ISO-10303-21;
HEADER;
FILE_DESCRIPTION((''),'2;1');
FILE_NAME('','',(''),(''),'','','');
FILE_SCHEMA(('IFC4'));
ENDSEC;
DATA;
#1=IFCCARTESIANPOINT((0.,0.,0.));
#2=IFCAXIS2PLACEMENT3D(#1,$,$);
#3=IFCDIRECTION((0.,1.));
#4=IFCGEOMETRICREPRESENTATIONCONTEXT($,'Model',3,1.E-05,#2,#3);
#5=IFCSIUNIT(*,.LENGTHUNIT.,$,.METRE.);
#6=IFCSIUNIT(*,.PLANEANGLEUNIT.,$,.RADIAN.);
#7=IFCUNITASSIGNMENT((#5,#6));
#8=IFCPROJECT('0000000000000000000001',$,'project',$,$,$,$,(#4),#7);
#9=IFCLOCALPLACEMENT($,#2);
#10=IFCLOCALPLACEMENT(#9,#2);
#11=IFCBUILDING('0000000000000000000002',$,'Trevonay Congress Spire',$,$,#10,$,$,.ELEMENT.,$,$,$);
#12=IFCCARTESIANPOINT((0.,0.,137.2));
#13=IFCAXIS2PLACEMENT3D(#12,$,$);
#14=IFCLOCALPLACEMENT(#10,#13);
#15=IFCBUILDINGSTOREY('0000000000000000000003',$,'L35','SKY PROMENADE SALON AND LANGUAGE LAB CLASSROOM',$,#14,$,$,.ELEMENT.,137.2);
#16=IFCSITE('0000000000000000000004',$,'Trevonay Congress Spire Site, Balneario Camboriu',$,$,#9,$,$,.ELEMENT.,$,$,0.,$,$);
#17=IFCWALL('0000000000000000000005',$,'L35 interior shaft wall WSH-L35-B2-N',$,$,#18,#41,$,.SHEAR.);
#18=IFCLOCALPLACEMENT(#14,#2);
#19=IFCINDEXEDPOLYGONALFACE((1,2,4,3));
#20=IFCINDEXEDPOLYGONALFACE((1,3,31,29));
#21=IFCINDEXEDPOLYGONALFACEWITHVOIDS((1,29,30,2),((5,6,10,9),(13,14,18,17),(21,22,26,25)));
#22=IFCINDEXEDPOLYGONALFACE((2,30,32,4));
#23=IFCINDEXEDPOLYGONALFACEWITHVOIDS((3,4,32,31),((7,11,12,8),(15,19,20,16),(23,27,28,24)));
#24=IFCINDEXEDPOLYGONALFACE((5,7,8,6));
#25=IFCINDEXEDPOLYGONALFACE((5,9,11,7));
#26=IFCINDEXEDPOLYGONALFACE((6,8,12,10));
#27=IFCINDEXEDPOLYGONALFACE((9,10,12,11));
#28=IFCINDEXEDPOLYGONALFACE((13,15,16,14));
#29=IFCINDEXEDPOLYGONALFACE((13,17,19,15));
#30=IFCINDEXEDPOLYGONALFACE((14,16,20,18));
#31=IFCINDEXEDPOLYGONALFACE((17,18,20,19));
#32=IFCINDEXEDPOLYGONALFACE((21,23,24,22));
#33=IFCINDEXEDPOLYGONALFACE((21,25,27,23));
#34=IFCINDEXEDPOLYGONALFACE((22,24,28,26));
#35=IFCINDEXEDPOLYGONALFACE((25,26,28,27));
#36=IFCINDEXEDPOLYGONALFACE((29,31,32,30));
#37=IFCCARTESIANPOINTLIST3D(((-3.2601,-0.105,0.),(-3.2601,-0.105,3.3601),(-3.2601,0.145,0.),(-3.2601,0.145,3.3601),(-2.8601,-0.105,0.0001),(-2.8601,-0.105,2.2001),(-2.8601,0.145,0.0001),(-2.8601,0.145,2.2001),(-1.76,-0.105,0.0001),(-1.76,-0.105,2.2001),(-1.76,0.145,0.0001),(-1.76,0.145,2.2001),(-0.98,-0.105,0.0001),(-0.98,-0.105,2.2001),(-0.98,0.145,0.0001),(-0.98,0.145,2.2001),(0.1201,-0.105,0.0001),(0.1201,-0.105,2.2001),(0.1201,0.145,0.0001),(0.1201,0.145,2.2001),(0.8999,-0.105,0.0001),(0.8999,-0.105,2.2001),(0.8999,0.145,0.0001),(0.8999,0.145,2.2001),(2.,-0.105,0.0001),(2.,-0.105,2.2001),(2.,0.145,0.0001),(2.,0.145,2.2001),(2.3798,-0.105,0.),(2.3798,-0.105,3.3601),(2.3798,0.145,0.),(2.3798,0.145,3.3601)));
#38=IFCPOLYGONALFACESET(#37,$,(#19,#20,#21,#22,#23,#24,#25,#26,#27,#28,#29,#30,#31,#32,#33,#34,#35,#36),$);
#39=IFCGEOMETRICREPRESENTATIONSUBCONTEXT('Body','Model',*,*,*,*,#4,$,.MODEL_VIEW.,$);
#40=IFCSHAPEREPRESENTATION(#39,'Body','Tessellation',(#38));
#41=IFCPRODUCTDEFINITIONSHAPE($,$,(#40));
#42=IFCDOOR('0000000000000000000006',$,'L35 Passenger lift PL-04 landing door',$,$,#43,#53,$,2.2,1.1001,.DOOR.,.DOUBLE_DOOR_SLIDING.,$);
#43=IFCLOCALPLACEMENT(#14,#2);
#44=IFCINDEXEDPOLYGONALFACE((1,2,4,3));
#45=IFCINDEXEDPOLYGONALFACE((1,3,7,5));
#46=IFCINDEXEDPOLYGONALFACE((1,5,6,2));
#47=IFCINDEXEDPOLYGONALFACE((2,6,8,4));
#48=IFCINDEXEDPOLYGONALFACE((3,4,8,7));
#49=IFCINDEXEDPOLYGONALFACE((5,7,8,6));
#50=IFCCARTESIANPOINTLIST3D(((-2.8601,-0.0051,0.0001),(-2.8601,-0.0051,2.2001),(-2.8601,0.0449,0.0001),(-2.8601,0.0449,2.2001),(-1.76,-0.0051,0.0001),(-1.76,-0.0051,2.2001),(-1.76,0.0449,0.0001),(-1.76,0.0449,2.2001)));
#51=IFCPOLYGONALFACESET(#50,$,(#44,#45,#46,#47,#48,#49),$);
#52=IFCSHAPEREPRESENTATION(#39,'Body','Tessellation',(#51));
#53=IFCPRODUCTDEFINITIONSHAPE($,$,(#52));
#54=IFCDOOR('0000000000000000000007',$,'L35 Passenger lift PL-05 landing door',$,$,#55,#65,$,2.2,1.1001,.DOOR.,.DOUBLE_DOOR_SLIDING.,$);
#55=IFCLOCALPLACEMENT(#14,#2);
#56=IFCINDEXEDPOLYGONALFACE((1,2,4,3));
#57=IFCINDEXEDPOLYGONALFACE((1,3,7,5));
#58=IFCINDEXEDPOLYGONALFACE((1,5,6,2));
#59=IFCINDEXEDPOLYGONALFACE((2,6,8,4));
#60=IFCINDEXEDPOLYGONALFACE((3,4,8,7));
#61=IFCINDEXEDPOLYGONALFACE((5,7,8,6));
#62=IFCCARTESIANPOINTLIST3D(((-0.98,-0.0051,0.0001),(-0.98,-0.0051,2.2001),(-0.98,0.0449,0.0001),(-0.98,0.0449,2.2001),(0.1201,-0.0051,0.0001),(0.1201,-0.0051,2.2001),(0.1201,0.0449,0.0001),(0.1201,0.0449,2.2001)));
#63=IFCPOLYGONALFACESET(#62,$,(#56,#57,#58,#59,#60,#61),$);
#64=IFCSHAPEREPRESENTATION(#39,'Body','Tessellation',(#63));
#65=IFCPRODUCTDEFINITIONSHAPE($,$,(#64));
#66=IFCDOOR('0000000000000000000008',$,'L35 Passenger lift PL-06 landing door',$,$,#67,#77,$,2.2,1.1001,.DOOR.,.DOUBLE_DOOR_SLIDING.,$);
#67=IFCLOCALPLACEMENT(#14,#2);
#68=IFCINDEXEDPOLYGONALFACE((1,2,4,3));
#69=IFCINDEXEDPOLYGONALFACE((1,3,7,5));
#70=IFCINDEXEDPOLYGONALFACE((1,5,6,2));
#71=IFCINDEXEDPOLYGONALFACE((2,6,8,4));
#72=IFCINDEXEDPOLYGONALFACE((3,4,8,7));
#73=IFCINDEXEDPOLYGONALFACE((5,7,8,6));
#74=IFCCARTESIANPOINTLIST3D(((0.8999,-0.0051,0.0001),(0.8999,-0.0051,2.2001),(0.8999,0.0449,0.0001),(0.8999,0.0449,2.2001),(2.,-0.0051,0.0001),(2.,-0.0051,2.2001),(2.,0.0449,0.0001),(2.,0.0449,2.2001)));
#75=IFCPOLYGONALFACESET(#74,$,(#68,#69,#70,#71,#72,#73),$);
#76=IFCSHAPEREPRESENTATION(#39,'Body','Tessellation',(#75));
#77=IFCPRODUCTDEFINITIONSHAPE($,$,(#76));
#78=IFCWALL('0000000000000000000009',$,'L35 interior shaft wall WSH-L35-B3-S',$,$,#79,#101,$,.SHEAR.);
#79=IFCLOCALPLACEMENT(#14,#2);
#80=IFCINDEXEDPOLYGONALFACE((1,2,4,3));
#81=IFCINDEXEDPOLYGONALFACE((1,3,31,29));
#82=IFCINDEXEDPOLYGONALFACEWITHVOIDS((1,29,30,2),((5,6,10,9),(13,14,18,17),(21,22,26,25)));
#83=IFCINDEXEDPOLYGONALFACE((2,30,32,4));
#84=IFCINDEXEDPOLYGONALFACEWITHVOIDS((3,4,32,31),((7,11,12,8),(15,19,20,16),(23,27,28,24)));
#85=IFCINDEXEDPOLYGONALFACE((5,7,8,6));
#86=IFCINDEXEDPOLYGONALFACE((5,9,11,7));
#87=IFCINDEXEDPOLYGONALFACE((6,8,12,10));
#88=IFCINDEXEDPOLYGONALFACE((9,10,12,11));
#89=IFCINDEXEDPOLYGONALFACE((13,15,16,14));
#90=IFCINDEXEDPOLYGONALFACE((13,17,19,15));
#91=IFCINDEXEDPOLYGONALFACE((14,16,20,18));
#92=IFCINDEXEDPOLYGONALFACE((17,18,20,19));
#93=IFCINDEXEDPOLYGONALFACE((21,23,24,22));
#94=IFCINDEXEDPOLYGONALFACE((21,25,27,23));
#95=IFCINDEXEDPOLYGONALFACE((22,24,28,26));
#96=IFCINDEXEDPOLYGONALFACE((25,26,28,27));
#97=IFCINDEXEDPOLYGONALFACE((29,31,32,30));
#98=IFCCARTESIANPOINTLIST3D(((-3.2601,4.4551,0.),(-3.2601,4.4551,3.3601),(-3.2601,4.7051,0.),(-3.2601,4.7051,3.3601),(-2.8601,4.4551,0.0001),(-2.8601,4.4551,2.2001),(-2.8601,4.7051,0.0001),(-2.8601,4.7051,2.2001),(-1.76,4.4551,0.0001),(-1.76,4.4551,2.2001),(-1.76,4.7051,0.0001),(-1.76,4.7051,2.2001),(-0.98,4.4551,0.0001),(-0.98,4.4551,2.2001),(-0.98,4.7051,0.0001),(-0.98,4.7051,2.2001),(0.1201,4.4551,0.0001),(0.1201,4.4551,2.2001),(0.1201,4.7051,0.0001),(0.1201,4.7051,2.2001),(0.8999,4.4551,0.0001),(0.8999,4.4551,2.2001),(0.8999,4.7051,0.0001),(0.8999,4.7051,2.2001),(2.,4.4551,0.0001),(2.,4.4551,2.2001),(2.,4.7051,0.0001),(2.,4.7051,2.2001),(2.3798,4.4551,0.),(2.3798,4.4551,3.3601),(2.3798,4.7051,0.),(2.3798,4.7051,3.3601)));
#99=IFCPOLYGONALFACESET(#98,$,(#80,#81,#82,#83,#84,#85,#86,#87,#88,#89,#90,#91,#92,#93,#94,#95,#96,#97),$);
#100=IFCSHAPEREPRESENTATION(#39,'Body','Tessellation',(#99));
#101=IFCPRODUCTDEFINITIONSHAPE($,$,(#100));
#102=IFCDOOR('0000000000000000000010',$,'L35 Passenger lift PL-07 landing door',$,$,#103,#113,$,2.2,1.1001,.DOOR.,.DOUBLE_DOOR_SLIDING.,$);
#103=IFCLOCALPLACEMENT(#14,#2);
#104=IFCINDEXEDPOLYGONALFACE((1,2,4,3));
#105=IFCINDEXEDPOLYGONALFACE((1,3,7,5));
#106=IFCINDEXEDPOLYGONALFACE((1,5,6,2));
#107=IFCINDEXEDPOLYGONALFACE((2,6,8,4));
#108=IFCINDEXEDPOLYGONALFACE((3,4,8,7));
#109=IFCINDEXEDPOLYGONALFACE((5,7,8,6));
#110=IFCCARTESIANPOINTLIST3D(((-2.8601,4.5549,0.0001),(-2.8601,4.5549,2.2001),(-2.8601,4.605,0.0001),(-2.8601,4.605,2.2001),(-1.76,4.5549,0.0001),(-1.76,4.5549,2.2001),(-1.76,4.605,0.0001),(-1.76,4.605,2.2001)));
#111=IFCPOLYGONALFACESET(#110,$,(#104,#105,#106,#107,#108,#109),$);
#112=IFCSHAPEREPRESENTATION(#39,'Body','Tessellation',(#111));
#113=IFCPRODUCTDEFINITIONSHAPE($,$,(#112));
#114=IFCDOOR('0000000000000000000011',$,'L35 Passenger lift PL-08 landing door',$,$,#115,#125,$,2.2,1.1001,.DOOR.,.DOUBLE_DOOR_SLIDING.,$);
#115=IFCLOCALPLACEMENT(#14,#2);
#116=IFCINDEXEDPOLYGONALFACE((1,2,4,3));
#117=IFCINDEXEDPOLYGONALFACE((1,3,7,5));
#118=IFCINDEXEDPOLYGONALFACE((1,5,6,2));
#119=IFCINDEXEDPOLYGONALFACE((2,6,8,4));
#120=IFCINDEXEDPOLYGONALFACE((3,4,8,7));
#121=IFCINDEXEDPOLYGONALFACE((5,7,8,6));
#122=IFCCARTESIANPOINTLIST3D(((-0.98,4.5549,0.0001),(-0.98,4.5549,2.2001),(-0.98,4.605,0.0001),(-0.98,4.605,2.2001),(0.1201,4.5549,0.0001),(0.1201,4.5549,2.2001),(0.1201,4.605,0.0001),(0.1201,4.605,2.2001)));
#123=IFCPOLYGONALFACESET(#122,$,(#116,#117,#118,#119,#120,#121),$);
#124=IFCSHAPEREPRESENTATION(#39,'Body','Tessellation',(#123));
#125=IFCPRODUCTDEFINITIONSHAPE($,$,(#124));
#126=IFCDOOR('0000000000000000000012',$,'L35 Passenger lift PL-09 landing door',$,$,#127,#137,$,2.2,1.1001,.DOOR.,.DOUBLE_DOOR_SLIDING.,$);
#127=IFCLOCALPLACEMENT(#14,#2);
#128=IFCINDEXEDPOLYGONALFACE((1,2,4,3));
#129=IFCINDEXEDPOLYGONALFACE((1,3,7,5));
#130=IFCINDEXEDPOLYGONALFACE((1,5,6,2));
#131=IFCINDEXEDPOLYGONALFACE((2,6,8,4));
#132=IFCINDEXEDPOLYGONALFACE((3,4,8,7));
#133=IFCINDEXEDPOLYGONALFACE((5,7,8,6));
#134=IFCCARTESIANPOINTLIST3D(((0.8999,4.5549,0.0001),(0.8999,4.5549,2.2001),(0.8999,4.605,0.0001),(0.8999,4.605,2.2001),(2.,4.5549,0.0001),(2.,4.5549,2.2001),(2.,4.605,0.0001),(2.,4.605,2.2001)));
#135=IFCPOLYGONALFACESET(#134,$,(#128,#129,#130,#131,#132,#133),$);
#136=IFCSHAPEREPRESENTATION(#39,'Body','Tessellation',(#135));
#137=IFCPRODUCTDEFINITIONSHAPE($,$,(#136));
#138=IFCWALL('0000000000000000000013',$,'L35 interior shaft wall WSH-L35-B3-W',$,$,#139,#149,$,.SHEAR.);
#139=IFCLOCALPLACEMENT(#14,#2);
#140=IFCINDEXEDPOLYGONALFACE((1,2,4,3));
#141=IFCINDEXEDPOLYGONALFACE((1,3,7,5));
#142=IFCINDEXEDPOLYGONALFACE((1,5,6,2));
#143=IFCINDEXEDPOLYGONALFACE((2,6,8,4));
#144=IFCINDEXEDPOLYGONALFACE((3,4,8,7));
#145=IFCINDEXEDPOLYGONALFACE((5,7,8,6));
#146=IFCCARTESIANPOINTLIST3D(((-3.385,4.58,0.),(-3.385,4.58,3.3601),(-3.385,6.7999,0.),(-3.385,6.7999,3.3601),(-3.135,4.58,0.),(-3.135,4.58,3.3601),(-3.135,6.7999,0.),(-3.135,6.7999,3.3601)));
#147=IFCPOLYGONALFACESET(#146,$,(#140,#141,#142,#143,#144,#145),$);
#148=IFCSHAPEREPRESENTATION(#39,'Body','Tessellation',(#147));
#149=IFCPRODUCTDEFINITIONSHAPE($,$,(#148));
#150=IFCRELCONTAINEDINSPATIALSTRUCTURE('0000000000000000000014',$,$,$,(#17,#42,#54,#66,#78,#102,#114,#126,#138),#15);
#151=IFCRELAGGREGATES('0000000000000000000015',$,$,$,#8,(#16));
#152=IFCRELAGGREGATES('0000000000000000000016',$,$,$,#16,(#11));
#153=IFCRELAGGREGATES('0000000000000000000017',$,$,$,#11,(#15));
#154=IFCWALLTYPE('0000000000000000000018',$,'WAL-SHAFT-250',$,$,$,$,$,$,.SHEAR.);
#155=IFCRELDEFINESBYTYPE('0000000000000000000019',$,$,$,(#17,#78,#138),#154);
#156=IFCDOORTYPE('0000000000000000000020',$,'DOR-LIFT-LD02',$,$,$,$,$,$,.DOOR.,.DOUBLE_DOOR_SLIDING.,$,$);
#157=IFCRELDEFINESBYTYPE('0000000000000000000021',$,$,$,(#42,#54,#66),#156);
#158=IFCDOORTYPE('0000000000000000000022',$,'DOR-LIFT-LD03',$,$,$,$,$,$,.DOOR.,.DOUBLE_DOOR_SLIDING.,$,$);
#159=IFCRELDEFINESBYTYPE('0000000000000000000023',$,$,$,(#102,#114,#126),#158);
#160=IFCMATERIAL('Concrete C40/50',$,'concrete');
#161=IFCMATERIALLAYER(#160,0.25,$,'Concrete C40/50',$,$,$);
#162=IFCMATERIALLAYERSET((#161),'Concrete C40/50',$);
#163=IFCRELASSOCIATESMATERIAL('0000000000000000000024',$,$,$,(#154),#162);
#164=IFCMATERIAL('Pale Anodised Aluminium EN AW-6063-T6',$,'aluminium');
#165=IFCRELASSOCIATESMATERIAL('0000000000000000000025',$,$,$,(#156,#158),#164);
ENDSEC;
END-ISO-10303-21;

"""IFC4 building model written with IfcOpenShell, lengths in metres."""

from ifc_helpers import new_model, si_unit, direction, frame, frame_2d, origin, place, context, subcontext, project, spatial, rectangle, extrude, material, layer, layer_set, type_object, element, fill, save


model = new_model("IFC4")

# Units and contexts
model_context = context("Model", 3, precision=1e-05, world=origin(), true_north=direction((0.0, 1.0)))
body_context = subcontext(model_context, "Body", "Model", "MODEL_VIEW")
ifc_project = project(units=[si_unit("LENGTHUNIT", "METRE"), si_unit("PLANEANGLEUNIT", "RADIAN")], contexts=[model_context])

# Site, building, storey
site_placement = place(None, origin())
site = spatial("IfcSite", under=ifc_project, at=site_placement, Name="Trevonay Congress Spire Site, Balneario Camboriu", CompositionType="ELEMENT", RefElevation=0.0)
building_placement = place(site_placement, origin())
building = spatial("IfcBuilding", under=site, at=building_placement, Name="Trevonay Congress Spire", CompositionType="ELEMENT")
storey_placement = place(building_placement, frame((0.0, 0.0, 137.2)))
storey = spatial("IfcBuildingStorey", under=building, at=storey_placement, Name="L35", Description="SKY PROMENADE SALON AND LANGUAGE LAB CLASSROOM", CompositionType="ELEMENT", Elevation=137.2)

# Shared definitions
ifc_material_1 = material(Name="Concrete C40/50", Category="concrete")

# Walls, openings, doors
ifc_layer_1 = layer(ifc_material_1, 0.25, Name="Concrete C40/50")
ifc_layer_set_1 = layer_set([ifc_layer_1], Name="Concrete C40/50")
wall_type_1 = type_object("IfcWallType", Name="WAL-SHAFT-250", PredefinedType="SHEAR", material=ifc_layer_set_1)
wall_1_placement = place(storey_placement, frame((-3.26, 0.02, 0.0), z_axis=(0.0, 0.0, 1.0), x_axis=(1.0, 0.0, 0.0)))
wall_1 = element("IfcWall", 1, at=wall_1_placement, inside=storey, type_object=wall_type_1, Name="L35 interior shaft wall WSH-L35-B2-N", PredefinedType="SHEAR", context=body_context, shape_type="SweptSolid", body=[
    extrude(rectangle(XDim=5.6399, YDim=0.25, at=frame_2d((2.8198, 0.0))), origin(), (0.0, 0.0, 1.0), 3.3601),
])
opening_1_placement = place(wall_1_placement, frame((0.3999, 0.0, 0.0)))
opening_1 = element("IfcOpeningElement", 2, at=opening_1_placement, cuts=wall_1, PredefinedType="OPENING", context=body_context, shape_type="SweptSolid", body=[
    extrude(rectangle(XDim=1.1001, YDim=2.2, at=frame_2d((0.55, 1.1001))), frame((0.0, 0.135, 0.0), z_axis=(0.0, -1.0, 0.0), x_axis=(1.0, 0.0, 0.0)), (0.0, 0.0, 1.0), 0.27),
])
opening_2_placement = place(wall_1_placement, frame((2.28, 0.0, 0.0)))
opening_2 = element("IfcOpeningElement", 3, at=opening_2_placement, cuts=wall_1, PredefinedType="OPENING", context=body_context, shape_type="SweptSolid", body=[
    extrude(rectangle(XDim=1.1001, YDim=2.2, at=frame_2d((0.55, 1.1001))), frame((0.0, 0.135, 0.0), z_axis=(0.0, -1.0, 0.0), x_axis=(1.0, 0.0, 0.0)), (0.0, 0.0, 1.0), 0.27),
])
opening_3_placement = place(wall_1_placement, frame((4.1599, 0.0, 0.0)))
opening_3 = element("IfcOpeningElement", 4, at=opening_3_placement, cuts=wall_1, PredefinedType="OPENING", context=body_context, shape_type="SweptSolid", body=[
    extrude(rectangle(XDim=1.1001, YDim=2.2, at=frame_2d((0.55, 1.1001))), frame((0.0, 0.135, 0.0), z_axis=(0.0, -1.0, 0.0), x_axis=(1.0, 0.0, 0.0)), (0.0, 0.0, 1.0), 0.27),
])
ifc_material_2 = material(Name="Pale Anodised Aluminium EN AW-6063-T6", Category="aluminium")
door_type_1 = type_object("IfcDoorType", Name="DOR-LIFT-LD02", OperationType="DOUBLE_DOOR_SLIDING", PredefinedType="DOOR", material=ifc_material_2)
door_1_placement = place(opening_1_placement, origin())
door_1 = element("IfcDoor", 5, at=door_1_placement, inside=storey, type_object=door_type_1, Name="L35 Passenger lift PL-04 landing door", OperationType="DOUBLE_DOOR_SLIDING", OverallHeight=2.2, OverallWidth=1.1001, PredefinedType="DOOR", context=body_context, shape_type="SweptSolid", body=[
    extrude(rectangle(XDim=1.1001, YDim=2.2, at=frame_2d((0.55, 1.1001))), frame((0.0, 0.0249, 0.0), z_axis=(0.0, -1.0, 0.0), x_axis=(1.0, 0.0, 0.0)), (0.0, 0.0, 1.0), 0.05),
])
fill(opening_1, door_1)
door_2_placement = place(opening_2_placement, origin())
door_2 = element("IfcDoor", 6, at=door_2_placement, inside=storey, type_object=door_type_1, Name="L35 Passenger lift PL-05 landing door", OperationType="DOUBLE_DOOR_SLIDING", OverallHeight=2.2, OverallWidth=1.1001, PredefinedType="DOOR", context=body_context, shape_type="SweptSolid", body=[
    extrude(rectangle(XDim=1.1001, YDim=2.2, at=frame_2d((0.55, 1.1001))), frame((0.0, 0.0249, 0.0), z_axis=(0.0, -1.0, 0.0), x_axis=(1.0, 0.0, 0.0)), (0.0, 0.0, 1.0), 0.05),
])
fill(opening_2, door_2)
door_3_placement = place(opening_3_placement, origin())
door_3 = element("IfcDoor", 7, at=door_3_placement, inside=storey, type_object=door_type_1, Name="L35 Passenger lift PL-06 landing door", OperationType="DOUBLE_DOOR_SLIDING", OverallHeight=2.2, OverallWidth=1.1001, PredefinedType="DOOR", context=body_context, shape_type="SweptSolid", body=[
    extrude(rectangle(XDim=1.1001, YDim=2.2, at=frame_2d((0.55, 1.1001))), frame((0.0, 0.0249, 0.0), z_axis=(0.0, -1.0, 0.0), x_axis=(1.0, 0.0, 0.0)), (0.0, 0.0, 1.0), 0.05),
])
fill(opening_3, door_3)
wall_2_placement = place(storey_placement, frame((-3.26, 4.5801, 0.0), z_axis=(0.0, 0.0, 1.0), x_axis=(1.0, 0.0, 0.0)))
wall_2 = element("IfcWall", 8, at=wall_2_placement, inside=storey, type_object=wall_type_1, Name="L35 interior shaft wall WSH-L35-B3-S", PredefinedType="SHEAR", context=body_context, shape_type="SweptSolid", body=[
    extrude(rectangle(XDim=5.6399, YDim=0.25, at=frame_2d((2.8198, 0.0))), origin(), (0.0, 0.0, 1.0), 3.3601),
])
opening_4_placement = place(wall_2_placement, frame((0.3999, 0.0, 0.0)))
opening_4 = element("IfcOpeningElement", 9, at=opening_4_placement, cuts=wall_2, PredefinedType="OPENING", context=body_context, shape_type="SweptSolid", body=[
    extrude(rectangle(XDim=1.1001, YDim=2.2, at=frame_2d((0.55, 1.1001))), frame((0.0, 0.135, 0.0), z_axis=(0.0, -1.0, 0.0), x_axis=(1.0, 0.0, 0.0)), (0.0, 0.0, 1.0), 0.27),
])
opening_5_placement = place(wall_2_placement, frame((2.28, 0.0, 0.0)))
opening_5 = element("IfcOpeningElement", 10, at=opening_5_placement, cuts=wall_2, PredefinedType="OPENING", context=body_context, shape_type="SweptSolid", body=[
    extrude(rectangle(XDim=1.1001, YDim=2.2, at=frame_2d((0.55, 1.1001))), frame((0.0, 0.135, 0.0), z_axis=(0.0, -1.0, 0.0), x_axis=(1.0, 0.0, 0.0)), (0.0, 0.0, 1.0), 0.27),
])
opening_6_placement = place(wall_2_placement, frame((4.1599, 0.0, 0.0)))
opening_6 = element("IfcOpeningElement", 11, at=opening_6_placement, cuts=wall_2, PredefinedType="OPENING", context=body_context, shape_type="SweptSolid", body=[
    extrude(rectangle(XDim=1.1001, YDim=2.2, at=frame_2d((0.55, 1.1001))), frame((0.0, 0.135, 0.0), z_axis=(0.0, -1.0, 0.0), x_axis=(1.0, 0.0, 0.0)), (0.0, 0.0, 1.0), 0.27),
])
door_type_2 = type_object("IfcDoorType", Name="DOR-LIFT-LD03", OperationType="DOUBLE_DOOR_SLIDING", PredefinedType="DOOR", material=ifc_material_2)
door_4_placement = place(opening_4_placement, origin())
door_4 = element("IfcDoor", 12, at=door_4_placement, inside=storey, type_object=door_type_2, Name="L35 Passenger lift PL-07 landing door", OperationType="DOUBLE_DOOR_SLIDING", OverallHeight=2.2, OverallWidth=1.1001, PredefinedType="DOOR", context=body_context, shape_type="SweptSolid", body=[
    extrude(rectangle(XDim=1.1001, YDim=2.2, at=frame_2d((0.55, 1.1001))), frame((0.0, 0.0249, 0.0), z_axis=(0.0, -1.0, 0.0), x_axis=(1.0, 0.0, 0.0)), (0.0, 0.0, 1.0), 0.05),
])
fill(opening_4, door_4)
door_5_placement = place(opening_5_placement, origin())
door_5 = element("IfcDoor", 13, at=door_5_placement, inside=storey, type_object=door_type_2, Name="L35 Passenger lift PL-08 landing door", OperationType="DOUBLE_DOOR_SLIDING", OverallHeight=2.2, OverallWidth=1.1001, PredefinedType="DOOR", context=body_context, shape_type="SweptSolid", body=[
    extrude(rectangle(XDim=1.1001, YDim=2.2, at=frame_2d((0.55, 1.1001))), frame((0.0, 0.0249, 0.0), z_axis=(0.0, -1.0, 0.0), x_axis=(1.0, 0.0, 0.0)), (0.0, 0.0, 1.0), 0.05),
])
fill(opening_5, door_5)
door_6_placement = place(opening_6_placement, origin())
door_6 = element("IfcDoor", 14, at=door_6_placement, inside=storey, type_object=door_type_2, Name="L35 Passenger lift PL-09 landing door", OperationType="DOUBLE_DOOR_SLIDING", OverallHeight=2.2, OverallWidth=1.1001, PredefinedType="DOOR", context=body_context, shape_type="SweptSolid", body=[
    extrude(rectangle(XDim=1.1001, YDim=2.2, at=frame_2d((0.55, 1.1001))), frame((0.0, 0.0249, 0.0), z_axis=(0.0, -1.0, 0.0), x_axis=(1.0, 0.0, 0.0)), (0.0, 0.0, 1.0), 0.05),
])
fill(opening_6, door_6)

# Wall
wall_3_placement = place(storey_placement, frame((-3.26, 4.5801, 0.0), z_axis=(0.0, 0.0, 1.0), x_axis=(0.0, 1.0, 0.0)))
element("IfcWall", 15, at=wall_3_placement, inside=storey, type_object=wall_type_1, Name="L35 interior shaft wall WSH-L35-B3-W", PredefinedType="SHEAR", context=body_context, shape_type="SweptSolid", body=[
    extrude(rectangle(XDim=2.22, YDim=0.25, at=frame_2d((1.1099, 0.0))), origin(), (0.0, 0.0, 1.0), 3.3601),
])

save(model, "model.ifc")
